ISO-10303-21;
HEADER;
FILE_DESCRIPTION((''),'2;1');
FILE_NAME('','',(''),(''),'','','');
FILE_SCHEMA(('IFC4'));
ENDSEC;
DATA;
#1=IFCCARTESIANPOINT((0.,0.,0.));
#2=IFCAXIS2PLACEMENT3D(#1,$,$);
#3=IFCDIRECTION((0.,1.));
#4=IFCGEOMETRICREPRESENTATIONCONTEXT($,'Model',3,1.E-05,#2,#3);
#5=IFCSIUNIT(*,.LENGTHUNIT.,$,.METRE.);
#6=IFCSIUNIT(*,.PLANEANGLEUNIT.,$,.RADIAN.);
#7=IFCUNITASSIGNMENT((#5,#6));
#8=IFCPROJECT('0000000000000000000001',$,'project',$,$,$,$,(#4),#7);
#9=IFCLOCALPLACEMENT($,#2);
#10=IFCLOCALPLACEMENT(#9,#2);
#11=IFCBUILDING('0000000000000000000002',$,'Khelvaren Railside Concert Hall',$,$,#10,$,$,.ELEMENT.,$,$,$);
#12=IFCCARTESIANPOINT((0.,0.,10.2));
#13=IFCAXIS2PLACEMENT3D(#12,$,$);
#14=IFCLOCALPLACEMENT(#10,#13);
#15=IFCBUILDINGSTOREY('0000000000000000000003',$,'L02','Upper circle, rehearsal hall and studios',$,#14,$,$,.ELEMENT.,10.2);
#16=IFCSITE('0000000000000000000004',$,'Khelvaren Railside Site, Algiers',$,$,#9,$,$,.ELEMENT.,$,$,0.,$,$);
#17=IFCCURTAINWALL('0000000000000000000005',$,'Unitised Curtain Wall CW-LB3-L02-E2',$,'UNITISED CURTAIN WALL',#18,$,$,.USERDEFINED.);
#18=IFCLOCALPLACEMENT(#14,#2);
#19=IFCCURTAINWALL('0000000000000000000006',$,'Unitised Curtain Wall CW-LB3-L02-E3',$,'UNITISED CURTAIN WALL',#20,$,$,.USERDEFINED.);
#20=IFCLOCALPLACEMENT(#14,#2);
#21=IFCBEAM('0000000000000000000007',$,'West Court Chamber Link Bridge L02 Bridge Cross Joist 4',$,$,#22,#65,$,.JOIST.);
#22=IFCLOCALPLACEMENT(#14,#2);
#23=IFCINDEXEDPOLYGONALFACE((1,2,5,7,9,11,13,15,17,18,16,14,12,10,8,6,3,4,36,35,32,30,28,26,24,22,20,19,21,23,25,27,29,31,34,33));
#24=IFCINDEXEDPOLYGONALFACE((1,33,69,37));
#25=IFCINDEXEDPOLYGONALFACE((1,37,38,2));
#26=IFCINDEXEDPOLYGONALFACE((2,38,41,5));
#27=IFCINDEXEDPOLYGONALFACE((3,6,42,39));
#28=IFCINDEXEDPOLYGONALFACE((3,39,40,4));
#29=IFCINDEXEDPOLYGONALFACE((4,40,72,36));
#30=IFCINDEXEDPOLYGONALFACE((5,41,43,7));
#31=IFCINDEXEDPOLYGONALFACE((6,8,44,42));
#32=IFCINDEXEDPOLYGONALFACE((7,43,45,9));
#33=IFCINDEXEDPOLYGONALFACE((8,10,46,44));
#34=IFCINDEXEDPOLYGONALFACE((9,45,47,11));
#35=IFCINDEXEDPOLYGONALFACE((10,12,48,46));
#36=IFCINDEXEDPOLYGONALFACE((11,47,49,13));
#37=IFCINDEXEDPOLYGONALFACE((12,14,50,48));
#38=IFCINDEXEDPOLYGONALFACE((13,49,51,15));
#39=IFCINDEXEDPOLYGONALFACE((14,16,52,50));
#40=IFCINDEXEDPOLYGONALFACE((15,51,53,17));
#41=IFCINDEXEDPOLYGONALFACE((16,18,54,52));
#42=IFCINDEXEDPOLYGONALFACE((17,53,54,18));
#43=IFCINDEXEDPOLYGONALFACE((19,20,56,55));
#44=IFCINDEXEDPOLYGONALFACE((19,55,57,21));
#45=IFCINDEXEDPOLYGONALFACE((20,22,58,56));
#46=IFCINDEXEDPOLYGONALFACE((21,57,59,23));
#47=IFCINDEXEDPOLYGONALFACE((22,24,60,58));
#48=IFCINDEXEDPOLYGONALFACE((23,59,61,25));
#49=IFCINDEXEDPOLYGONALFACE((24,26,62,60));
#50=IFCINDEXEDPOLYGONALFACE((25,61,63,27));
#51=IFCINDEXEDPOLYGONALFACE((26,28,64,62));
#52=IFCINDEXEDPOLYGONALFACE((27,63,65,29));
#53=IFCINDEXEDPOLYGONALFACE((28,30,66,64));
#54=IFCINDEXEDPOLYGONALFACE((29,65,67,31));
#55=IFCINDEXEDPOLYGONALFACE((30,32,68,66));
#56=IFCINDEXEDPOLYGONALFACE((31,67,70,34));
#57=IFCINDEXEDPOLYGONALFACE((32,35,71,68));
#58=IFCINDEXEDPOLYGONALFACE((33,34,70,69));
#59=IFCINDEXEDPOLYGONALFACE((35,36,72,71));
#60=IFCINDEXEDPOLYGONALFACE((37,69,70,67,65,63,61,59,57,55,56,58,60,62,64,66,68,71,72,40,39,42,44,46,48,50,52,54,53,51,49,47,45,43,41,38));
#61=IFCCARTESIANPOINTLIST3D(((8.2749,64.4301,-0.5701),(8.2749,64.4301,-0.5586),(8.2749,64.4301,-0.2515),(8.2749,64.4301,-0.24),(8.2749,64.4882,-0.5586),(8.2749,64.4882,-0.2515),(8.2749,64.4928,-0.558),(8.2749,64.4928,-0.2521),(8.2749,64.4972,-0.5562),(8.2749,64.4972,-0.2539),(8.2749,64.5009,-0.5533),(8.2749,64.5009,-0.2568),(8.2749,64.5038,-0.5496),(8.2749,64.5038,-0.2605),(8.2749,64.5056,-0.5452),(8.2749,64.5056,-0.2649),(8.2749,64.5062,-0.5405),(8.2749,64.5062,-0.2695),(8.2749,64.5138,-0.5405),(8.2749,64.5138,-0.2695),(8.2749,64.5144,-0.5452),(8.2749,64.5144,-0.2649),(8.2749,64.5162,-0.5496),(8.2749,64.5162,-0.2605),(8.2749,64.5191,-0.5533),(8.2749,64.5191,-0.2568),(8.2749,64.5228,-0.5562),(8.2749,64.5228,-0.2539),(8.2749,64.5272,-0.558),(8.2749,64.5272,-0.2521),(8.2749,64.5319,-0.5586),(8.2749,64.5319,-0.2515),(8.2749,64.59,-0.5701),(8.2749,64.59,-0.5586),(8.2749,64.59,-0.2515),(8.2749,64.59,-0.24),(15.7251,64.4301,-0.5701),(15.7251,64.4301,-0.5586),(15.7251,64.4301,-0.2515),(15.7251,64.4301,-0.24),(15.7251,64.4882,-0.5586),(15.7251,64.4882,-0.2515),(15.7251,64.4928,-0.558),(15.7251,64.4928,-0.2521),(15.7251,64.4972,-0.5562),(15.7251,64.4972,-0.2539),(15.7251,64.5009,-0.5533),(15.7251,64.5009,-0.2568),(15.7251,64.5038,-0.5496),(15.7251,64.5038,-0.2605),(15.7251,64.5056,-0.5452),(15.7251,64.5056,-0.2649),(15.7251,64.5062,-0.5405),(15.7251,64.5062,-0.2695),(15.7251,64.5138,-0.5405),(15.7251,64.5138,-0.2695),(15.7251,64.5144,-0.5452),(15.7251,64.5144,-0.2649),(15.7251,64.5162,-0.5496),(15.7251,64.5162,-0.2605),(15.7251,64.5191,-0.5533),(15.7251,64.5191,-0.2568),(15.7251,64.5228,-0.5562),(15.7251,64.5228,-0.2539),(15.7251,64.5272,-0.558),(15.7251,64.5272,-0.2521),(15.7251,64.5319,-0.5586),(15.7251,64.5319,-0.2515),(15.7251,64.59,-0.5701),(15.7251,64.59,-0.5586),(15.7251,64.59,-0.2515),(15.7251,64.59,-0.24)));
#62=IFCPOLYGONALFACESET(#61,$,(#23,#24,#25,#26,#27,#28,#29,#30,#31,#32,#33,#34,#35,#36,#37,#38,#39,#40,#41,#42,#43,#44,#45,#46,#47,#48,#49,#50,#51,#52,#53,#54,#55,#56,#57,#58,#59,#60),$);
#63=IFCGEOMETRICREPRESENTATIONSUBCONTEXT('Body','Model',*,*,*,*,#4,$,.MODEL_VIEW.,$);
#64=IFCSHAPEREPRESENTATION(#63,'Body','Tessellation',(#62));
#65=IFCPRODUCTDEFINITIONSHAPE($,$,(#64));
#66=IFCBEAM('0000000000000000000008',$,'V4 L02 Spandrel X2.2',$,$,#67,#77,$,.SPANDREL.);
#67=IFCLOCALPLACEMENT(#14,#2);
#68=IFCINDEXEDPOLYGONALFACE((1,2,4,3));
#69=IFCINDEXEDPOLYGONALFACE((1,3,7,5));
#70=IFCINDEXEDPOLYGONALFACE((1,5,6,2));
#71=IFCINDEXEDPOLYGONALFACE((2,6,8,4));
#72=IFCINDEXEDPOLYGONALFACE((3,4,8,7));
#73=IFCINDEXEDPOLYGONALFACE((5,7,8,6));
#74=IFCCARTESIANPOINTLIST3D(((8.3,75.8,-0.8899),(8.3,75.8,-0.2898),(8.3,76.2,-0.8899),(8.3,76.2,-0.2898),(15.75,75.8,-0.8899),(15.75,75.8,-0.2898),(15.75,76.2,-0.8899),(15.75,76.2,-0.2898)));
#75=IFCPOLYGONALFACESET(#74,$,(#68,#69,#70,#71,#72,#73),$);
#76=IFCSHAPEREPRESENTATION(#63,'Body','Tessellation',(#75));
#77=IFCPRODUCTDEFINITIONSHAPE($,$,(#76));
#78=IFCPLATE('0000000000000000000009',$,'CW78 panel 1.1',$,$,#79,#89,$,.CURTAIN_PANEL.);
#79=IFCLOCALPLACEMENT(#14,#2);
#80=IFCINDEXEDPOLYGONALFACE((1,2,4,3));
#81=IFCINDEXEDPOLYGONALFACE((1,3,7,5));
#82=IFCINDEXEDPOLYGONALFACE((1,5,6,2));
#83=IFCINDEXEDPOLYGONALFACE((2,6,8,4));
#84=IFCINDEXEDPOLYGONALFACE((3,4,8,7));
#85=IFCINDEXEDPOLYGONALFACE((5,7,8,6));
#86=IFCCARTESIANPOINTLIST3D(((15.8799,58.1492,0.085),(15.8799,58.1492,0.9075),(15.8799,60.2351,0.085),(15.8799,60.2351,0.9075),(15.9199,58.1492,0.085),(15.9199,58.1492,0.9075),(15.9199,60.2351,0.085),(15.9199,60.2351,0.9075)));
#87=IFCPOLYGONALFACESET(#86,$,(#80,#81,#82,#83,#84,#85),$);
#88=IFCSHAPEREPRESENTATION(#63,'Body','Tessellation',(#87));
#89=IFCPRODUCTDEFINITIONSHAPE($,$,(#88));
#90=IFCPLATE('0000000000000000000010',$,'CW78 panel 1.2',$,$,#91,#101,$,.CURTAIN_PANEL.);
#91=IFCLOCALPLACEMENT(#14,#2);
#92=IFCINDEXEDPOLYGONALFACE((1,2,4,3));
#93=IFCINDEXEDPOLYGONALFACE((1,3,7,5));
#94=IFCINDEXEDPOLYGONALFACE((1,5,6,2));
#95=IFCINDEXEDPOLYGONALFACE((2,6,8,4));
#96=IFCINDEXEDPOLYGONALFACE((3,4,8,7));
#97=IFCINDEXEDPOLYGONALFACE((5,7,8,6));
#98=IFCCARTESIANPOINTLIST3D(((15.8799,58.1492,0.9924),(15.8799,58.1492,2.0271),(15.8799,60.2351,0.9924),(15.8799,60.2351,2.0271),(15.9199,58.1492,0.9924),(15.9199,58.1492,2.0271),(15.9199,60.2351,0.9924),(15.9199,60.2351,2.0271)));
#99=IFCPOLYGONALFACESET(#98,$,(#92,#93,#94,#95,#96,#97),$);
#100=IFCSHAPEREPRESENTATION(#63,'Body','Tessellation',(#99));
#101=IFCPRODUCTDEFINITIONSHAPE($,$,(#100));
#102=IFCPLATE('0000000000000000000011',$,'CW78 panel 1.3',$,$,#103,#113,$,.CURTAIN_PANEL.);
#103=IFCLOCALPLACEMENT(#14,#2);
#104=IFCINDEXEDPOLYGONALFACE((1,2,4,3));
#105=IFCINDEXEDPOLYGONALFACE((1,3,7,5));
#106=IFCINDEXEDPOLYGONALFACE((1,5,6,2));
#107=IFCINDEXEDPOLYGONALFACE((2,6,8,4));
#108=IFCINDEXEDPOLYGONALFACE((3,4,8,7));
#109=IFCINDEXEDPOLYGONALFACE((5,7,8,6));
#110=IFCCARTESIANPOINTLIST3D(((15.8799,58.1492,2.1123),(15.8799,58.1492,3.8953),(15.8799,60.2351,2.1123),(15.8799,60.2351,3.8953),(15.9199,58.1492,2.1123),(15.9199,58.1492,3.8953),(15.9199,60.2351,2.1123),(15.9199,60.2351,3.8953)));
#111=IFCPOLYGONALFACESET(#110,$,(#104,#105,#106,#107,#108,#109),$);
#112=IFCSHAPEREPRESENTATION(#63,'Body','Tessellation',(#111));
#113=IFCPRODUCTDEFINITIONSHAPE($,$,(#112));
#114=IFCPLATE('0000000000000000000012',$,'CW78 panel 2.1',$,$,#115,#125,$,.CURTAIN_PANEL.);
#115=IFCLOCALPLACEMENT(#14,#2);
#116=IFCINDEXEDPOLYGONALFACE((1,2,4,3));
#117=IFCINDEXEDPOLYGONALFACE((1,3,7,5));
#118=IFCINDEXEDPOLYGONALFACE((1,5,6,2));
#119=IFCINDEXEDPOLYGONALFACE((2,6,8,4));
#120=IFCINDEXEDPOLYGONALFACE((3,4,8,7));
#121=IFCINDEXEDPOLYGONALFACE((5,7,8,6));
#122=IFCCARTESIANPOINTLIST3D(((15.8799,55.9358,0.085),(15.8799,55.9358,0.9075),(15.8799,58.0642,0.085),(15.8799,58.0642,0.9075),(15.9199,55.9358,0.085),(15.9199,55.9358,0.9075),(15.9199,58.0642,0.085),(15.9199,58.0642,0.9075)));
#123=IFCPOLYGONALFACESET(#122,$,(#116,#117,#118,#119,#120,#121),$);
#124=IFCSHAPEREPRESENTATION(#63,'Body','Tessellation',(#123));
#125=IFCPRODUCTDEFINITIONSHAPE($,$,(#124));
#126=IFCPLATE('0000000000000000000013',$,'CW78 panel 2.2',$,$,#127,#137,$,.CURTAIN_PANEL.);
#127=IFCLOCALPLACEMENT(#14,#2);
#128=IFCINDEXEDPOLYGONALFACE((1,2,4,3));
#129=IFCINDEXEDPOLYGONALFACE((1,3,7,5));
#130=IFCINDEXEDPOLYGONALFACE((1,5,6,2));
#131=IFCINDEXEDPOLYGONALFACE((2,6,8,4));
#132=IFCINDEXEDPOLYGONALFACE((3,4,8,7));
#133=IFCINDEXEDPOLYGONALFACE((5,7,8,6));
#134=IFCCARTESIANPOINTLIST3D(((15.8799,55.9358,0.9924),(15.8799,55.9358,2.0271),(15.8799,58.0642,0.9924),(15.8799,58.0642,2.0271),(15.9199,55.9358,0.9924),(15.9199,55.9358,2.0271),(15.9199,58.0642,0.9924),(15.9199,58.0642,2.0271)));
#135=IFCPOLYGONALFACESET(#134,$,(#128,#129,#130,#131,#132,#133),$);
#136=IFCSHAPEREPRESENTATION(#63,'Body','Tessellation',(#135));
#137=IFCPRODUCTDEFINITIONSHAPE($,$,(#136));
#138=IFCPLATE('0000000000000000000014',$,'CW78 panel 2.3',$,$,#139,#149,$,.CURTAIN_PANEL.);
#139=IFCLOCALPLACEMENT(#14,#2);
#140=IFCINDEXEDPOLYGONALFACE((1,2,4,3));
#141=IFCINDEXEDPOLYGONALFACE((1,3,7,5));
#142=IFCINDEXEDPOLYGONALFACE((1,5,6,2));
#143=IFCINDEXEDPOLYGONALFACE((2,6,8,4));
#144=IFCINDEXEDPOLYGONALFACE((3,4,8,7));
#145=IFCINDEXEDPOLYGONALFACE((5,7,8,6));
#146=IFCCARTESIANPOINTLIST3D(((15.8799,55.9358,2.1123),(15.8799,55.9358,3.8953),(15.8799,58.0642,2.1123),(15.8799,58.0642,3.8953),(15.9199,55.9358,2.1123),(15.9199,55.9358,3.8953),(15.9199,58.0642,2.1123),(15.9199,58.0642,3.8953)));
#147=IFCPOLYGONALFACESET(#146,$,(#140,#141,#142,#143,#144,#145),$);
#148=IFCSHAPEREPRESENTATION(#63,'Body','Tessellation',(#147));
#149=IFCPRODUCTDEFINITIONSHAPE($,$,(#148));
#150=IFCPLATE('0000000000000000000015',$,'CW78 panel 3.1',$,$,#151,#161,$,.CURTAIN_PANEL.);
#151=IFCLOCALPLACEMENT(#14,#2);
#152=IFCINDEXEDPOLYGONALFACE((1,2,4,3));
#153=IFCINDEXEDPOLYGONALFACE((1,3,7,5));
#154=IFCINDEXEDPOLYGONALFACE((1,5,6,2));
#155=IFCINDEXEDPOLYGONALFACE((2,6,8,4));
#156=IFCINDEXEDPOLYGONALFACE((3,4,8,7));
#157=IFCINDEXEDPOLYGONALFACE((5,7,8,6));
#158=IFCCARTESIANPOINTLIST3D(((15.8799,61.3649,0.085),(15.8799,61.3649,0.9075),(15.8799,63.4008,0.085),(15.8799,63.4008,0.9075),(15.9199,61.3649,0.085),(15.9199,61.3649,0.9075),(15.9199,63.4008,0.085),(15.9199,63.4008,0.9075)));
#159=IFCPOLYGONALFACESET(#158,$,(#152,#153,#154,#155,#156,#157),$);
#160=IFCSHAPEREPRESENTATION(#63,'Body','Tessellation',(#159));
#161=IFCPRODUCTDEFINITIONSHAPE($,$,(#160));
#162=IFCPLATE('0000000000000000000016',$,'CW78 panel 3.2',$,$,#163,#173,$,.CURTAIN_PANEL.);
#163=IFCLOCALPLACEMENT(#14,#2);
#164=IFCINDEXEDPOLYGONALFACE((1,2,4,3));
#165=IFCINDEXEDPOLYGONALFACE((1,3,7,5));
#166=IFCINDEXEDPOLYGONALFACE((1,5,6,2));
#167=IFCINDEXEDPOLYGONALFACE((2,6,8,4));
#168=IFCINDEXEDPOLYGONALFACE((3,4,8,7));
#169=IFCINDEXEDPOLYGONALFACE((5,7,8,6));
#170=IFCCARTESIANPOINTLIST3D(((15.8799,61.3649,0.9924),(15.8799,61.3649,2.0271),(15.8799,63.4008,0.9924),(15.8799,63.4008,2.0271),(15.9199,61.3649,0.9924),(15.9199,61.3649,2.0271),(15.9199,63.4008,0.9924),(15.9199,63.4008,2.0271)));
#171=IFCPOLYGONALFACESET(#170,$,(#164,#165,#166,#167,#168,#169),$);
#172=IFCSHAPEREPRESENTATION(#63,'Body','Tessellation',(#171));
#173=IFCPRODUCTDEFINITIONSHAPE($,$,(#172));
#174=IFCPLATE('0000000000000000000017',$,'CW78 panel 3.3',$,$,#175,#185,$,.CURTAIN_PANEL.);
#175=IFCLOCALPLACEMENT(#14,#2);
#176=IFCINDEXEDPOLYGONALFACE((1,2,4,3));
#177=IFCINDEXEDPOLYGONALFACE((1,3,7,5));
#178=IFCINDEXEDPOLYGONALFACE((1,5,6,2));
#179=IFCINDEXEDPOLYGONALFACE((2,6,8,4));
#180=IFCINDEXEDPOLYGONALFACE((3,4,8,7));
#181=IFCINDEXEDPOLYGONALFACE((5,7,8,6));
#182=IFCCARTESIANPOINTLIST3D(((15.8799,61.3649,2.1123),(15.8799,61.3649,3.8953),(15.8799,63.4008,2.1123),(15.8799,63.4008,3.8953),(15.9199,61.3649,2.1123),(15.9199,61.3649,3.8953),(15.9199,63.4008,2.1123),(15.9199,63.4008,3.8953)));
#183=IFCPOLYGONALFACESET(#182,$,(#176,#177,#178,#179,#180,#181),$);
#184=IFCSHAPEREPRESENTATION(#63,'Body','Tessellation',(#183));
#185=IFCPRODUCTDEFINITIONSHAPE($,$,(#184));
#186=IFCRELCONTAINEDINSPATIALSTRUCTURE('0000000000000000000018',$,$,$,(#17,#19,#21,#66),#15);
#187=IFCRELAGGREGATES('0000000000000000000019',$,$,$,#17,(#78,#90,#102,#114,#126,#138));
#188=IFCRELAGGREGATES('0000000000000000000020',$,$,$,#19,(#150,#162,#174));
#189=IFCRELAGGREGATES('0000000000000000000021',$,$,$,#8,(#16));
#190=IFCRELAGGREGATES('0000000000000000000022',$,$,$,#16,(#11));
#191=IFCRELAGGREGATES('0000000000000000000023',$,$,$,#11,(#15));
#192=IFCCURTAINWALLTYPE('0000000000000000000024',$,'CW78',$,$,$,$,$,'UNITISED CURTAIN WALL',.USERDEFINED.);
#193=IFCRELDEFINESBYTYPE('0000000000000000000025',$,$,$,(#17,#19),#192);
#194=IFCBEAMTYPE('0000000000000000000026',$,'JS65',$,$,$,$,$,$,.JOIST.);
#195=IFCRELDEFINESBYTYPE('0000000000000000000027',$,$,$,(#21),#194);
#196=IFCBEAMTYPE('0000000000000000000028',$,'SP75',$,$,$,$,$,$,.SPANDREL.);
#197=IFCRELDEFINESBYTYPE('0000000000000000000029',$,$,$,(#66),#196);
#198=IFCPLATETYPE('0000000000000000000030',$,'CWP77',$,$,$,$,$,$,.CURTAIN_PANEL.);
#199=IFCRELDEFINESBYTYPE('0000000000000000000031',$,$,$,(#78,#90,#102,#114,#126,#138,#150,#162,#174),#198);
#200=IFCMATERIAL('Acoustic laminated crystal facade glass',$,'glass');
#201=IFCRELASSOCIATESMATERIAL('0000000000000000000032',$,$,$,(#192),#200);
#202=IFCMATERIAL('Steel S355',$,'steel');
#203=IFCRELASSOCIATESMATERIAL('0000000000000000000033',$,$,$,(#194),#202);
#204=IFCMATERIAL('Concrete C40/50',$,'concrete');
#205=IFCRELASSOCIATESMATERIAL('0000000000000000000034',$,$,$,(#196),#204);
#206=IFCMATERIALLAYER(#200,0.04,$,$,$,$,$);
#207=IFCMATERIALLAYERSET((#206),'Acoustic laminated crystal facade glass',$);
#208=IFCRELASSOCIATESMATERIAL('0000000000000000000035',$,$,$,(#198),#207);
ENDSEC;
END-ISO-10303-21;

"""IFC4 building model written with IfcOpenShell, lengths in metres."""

from ifc_helpers import new_model, si_unit, direction, frame, origin, origin_2d, place, context, subcontext, project, spatial, rectangle, i_section, extrude, material, layer, layer_set, material_profile, profile_set, type_object, element, aggregate, save


model = new_model("IFC4")

# Units and contexts
model_context = context("Model", 3, precision=1e-05, world=origin(), true_north=direction((0.0, 1.0)))
body_context = subcontext(model_context, "Body", "Model", "MODEL_VIEW")
ifc_project = project(units=[si_unit("LENGTHUNIT", "METRE"), si_unit("PLANEANGLEUNIT", "RADIAN")], contexts=[model_context])

# Site, building, storey
site_placement = place(None, origin())
site = spatial("IfcSite", under=ifc_project, at=site_placement, Name="Khelvaren Railside Site, Algiers", CompositionType="ELEMENT", RefElevation=0.0)
building_placement = place(site_placement, origin())
building = spatial("IfcBuilding", under=site, at=building_placement, Name="Khelvaren Railside Concert Hall", CompositionType="ELEMENT")
storey_placement = place(building_placement, frame((0.0, 0.0, 10.2)))
storey = spatial("IfcBuildingStorey", under=building, at=storey_placement, Name="L02", Description="Upper circle, rehearsal hall and studios", CompositionType="ELEMENT", Elevation=10.2)

# Curtain wall
ifc_material_1 = material(Name="Acoustic laminated crystal facade glass", Category="glass")
curtain_wall_type = type_object("IfcCurtainWallType", Name="CW78", ElementType="UNITISED CURTAIN WALL", PredefinedType="USERDEFINED", material=ifc_material_1)
curtain_wall_1_placement = place(storey_placement, origin())
curtain_wall_1 = element("IfcCurtainWall", 1, at=curtain_wall_1_placement, inside=storey, type_object=curtain_wall_type, Name="Unitised Curtain Wall CW-LB3-L02-E2", ObjectType="UNITISED CURTAIN WALL", PredefinedType="USERDEFINED")

# Curtain wall
curtain_wall_2_placement = place(storey_placement, origin())
curtain_wall_2 = element("IfcCurtainWall", 2, at=curtain_wall_2_placement, inside=storey, type_object=curtain_wall_type, Name="Unitised Curtain Wall CW-LB3-L02-E3", ObjectType="UNITISED CURTAIN WALL", PredefinedType="USERDEFINED")

# Beams
ifc_material_2 = material(Name="Steel S355", Category="steel")
ifc_material_profile_1 = material_profile(ifc_material_2, i_section(OverallWidth=0.1599, OverallDepth=0.3301, WebThickness=0.0076, FlangeThickness=0.0115, FilletRadius=0.0181, at=origin_2d()), Name="IPE 330")
ifc_profile_set_1 = profile_set([ifc_material_profile_1], Name="Steel S355")
beam_type_1 = type_object("IfcBeamType", Name="JS65", PredefinedType="JOIST", material=ifc_profile_set_1)
for number, where, z_axis, x_axis, name in (
    (3, (8.2749, 64.51, -0.405), (1.0, 0.0, 0.0), (0.0, 1.0, 0.0), "West Court Chamber Link Bridge L02 Bridge Cross Joist 4"),
):
    element("IfcBeam", number, at=place(storey_placement, frame(where, z_axis=z_axis, x_axis=x_axis)), inside=storey, type_object=beam_type_1, Name=name, PredefinedType="JOIST", context=body_context, shape_type="SweptSolid", body=[
        extrude(i_section(OverallWidth=0.1599, OverallDepth=0.3301, WebThickness=0.0076, FlangeThickness=0.0115, FilletRadius=0.0181, at=origin_2d()), origin(), (0.0, 0.0, 1.0), 7.4502),
    ])
ifc_material_3 = material(Name="Concrete C40/50", Category="concrete")
ifc_material_profile_2 = material_profile(ifc_material_3, rectangle(XDim=0.3999, YDim=0.6001, at=origin_2d()), Name="RCB 400x600")
ifc_profile_set_2 = profile_set([ifc_material_profile_2], Name="Concrete C40/50")
beam_type_2 = type_object("IfcBeamType", Name="SP75", PredefinedType="SPANDREL", material=ifc_profile_set_2)
beam_placement = place(storey_placement, frame((8.3, 76.0, -0.5898), z_axis=(1.0, 0.0, 0.0), x_axis=(0.0, 1.0, 0.0)))
element("IfcBeam", 4, at=beam_placement, inside=storey, type_object=beam_type_2, Name="V4 L02 Spandrel X2.2", PredefinedType="SPANDREL", context=body_context, shape_type="SweptSolid", body=[
    extrude(rectangle(XDim=0.3999, YDim=0.6001, at=origin_2d()), origin(), (0.0, 0.0, 1.0), 7.45),
])

# Plates
ifc_layer_1 = layer(ifc_material_1, 0.04)
ifc_layer_set_1 = layer_set([ifc_layer_1], Name="Acoustic laminated crystal facade glass")
plate_type = type_object("IfcPlateType", Name="CWP77", PredefinedType="CURTAIN_PANEL", material=ifc_layer_set_1)
plate_1_placement = place(storey_placement, frame((15.8999, 59.1921, 0.085), z_axis=(0.0, 0.0, 1.0), x_axis=(0.0, -1.0, 0.0)))
plate_1 = element("IfcPlate", 5, at=plate_1_placement, type_object=plate_type, Name="CW78 panel 1.1", PredefinedType="CURTAIN_PANEL", context=body_context, shape_type="SweptSolid", body=[
    extrude(rectangle(XDim=2.0859, YDim=0.04, at=origin_2d()), origin(), (0.0, 0.0, 1.0), 0.8225),
])
plate_2_placement = place(storey_placement, frame((15.8999, 59.1921, 0.9924), z_axis=(0.0, 0.0, 1.0), x_axis=(0.0, -1.0, 0.0)))
plate_2 = element("IfcPlate", 6, at=plate_2_placement, type_object=plate_type, Name="CW78 panel 1.2", PredefinedType="CURTAIN_PANEL", context=body_context, shape_type="SweptSolid", body=[
    extrude(rectangle(XDim=2.0859, YDim=0.04, at=origin_2d()), origin(), (0.0, 0.0, 1.0), 1.0347),
])
plate_3_placement = place(storey_placement, frame((15.8999, 59.1921, 2.1123), z_axis=(0.0, 0.0, 1.0), x_axis=(0.0, -1.0, 0.0)))
plate_3 = element("IfcPlate", 7, at=plate_3_placement, type_object=plate_type, Name="CW78 panel 1.3", PredefinedType="CURTAIN_PANEL", context=body_context, shape_type="SweptSolid", body=[
    extrude(rectangle(XDim=2.0859, YDim=0.04, at=origin_2d()), origin(), (0.0, 0.0, 1.0), 1.783),
])
plate_4_placement = place(storey_placement, frame((15.8999, 57.0, 0.085), z_axis=(0.0, 0.0, 1.0), x_axis=(0.0, -1.0, 0.0)))
plate_4 = element("IfcPlate", 8, at=plate_4_placement, type_object=plate_type, Name="CW78 panel 2.1", PredefinedType="CURTAIN_PANEL", context=body_context, shape_type="SweptSolid", body=[
    extrude(rectangle(XDim=2.1284, YDim=0.04, at=origin_2d()), origin(), (0.0, 0.0, 1.0), 0.8225),
])
plate_5_placement = place(storey_placement, frame((15.8999, 57.0, 0.9924), z_axis=(0.0, 0.0, 1.0), x_axis=(0.0, -1.0, 0.0)))
plate_5 = element("IfcPlate", 9, at=plate_5_placement, type_object=plate_type, Name="CW78 panel 2.2", PredefinedType="CURTAIN_PANEL", context=body_context, shape_type="SweptSolid", body=[
    extrude(rectangle(XDim=2.1284, YDim=0.04, at=origin_2d()), origin(), (0.0, 0.0, 1.0), 1.0347),
])
plate_6_placement = place(storey_placement, frame((15.8999, 57.0, 2.1123), z_axis=(0.0, 0.0, 1.0), x_axis=(0.0, -1.0, 0.0)))
plate_6 = element("IfcPlate", 10, at=plate_6_placement, type_object=plate_type, Name="CW78 panel 2.3", PredefinedType="CURTAIN_PANEL", context=body_context, shape_type="SweptSolid", body=[
    extrude(rectangle(XDim=2.1284, YDim=0.04, at=origin_2d()), origin(), (0.0, 0.0, 1.0), 1.783),
])
aggregate(curtain_wall_1, [plate_1, plate_2, plate_3, plate_4, plate_5, plate_6])
plate_7_placement = place(storey_placement, frame((15.8999, 62.3828, 0.085), z_axis=(0.0, 0.0, 1.0), x_axis=(0.0, -1.0, 0.0)))
plate_7 = element("IfcPlate", 11, at=plate_7_placement, type_object=plate_type, Name="CW78 panel 3.1", PredefinedType="CURTAIN_PANEL", context=body_context, shape_type="SweptSolid", body=[
    extrude(rectangle(XDim=2.0359, YDim=0.04, at=origin_2d()), origin(), (0.0, 0.0, 1.0), 0.8225),
])
plate_8_placement = place(storey_placement, frame((15.8999, 62.3828, 0.9924), z_axis=(0.0, 0.0, 1.0), x_axis=(0.0, -1.0, 0.0)))
plate_8 = element("IfcPlate", 12, at=plate_8_placement, type_object=plate_type, Name="CW78 panel 3.2", PredefinedType="CURTAIN_PANEL", context=body_context, shape_type="SweptSolid", body=[
    extrude(rectangle(XDim=2.0359, YDim=0.04, at=origin_2d()), origin(), (0.0, 0.0, 1.0), 1.0347),
])
plate_9_placement = place(storey_placement, frame((15.8999, 62.3828, 2.1123), z_axis=(0.0, 0.0, 1.0), x_axis=(0.0, -1.0, 0.0)))
plate_9 = element("IfcPlate", 13, at=plate_9_placement, type_object=plate_type, Name="CW78 panel 3.3", PredefinedType="CURTAIN_PANEL", context=body_context, shape_type="SweptSolid", body=[
    extrude(rectangle(XDim=2.0359, YDim=0.04, at=origin_2d()), origin(), (0.0, 0.0, 1.0), 1.783),
])
aggregate(curtain_wall_2, [plate_7, plate_8, plate_9])

save(model, "model.ifc")
